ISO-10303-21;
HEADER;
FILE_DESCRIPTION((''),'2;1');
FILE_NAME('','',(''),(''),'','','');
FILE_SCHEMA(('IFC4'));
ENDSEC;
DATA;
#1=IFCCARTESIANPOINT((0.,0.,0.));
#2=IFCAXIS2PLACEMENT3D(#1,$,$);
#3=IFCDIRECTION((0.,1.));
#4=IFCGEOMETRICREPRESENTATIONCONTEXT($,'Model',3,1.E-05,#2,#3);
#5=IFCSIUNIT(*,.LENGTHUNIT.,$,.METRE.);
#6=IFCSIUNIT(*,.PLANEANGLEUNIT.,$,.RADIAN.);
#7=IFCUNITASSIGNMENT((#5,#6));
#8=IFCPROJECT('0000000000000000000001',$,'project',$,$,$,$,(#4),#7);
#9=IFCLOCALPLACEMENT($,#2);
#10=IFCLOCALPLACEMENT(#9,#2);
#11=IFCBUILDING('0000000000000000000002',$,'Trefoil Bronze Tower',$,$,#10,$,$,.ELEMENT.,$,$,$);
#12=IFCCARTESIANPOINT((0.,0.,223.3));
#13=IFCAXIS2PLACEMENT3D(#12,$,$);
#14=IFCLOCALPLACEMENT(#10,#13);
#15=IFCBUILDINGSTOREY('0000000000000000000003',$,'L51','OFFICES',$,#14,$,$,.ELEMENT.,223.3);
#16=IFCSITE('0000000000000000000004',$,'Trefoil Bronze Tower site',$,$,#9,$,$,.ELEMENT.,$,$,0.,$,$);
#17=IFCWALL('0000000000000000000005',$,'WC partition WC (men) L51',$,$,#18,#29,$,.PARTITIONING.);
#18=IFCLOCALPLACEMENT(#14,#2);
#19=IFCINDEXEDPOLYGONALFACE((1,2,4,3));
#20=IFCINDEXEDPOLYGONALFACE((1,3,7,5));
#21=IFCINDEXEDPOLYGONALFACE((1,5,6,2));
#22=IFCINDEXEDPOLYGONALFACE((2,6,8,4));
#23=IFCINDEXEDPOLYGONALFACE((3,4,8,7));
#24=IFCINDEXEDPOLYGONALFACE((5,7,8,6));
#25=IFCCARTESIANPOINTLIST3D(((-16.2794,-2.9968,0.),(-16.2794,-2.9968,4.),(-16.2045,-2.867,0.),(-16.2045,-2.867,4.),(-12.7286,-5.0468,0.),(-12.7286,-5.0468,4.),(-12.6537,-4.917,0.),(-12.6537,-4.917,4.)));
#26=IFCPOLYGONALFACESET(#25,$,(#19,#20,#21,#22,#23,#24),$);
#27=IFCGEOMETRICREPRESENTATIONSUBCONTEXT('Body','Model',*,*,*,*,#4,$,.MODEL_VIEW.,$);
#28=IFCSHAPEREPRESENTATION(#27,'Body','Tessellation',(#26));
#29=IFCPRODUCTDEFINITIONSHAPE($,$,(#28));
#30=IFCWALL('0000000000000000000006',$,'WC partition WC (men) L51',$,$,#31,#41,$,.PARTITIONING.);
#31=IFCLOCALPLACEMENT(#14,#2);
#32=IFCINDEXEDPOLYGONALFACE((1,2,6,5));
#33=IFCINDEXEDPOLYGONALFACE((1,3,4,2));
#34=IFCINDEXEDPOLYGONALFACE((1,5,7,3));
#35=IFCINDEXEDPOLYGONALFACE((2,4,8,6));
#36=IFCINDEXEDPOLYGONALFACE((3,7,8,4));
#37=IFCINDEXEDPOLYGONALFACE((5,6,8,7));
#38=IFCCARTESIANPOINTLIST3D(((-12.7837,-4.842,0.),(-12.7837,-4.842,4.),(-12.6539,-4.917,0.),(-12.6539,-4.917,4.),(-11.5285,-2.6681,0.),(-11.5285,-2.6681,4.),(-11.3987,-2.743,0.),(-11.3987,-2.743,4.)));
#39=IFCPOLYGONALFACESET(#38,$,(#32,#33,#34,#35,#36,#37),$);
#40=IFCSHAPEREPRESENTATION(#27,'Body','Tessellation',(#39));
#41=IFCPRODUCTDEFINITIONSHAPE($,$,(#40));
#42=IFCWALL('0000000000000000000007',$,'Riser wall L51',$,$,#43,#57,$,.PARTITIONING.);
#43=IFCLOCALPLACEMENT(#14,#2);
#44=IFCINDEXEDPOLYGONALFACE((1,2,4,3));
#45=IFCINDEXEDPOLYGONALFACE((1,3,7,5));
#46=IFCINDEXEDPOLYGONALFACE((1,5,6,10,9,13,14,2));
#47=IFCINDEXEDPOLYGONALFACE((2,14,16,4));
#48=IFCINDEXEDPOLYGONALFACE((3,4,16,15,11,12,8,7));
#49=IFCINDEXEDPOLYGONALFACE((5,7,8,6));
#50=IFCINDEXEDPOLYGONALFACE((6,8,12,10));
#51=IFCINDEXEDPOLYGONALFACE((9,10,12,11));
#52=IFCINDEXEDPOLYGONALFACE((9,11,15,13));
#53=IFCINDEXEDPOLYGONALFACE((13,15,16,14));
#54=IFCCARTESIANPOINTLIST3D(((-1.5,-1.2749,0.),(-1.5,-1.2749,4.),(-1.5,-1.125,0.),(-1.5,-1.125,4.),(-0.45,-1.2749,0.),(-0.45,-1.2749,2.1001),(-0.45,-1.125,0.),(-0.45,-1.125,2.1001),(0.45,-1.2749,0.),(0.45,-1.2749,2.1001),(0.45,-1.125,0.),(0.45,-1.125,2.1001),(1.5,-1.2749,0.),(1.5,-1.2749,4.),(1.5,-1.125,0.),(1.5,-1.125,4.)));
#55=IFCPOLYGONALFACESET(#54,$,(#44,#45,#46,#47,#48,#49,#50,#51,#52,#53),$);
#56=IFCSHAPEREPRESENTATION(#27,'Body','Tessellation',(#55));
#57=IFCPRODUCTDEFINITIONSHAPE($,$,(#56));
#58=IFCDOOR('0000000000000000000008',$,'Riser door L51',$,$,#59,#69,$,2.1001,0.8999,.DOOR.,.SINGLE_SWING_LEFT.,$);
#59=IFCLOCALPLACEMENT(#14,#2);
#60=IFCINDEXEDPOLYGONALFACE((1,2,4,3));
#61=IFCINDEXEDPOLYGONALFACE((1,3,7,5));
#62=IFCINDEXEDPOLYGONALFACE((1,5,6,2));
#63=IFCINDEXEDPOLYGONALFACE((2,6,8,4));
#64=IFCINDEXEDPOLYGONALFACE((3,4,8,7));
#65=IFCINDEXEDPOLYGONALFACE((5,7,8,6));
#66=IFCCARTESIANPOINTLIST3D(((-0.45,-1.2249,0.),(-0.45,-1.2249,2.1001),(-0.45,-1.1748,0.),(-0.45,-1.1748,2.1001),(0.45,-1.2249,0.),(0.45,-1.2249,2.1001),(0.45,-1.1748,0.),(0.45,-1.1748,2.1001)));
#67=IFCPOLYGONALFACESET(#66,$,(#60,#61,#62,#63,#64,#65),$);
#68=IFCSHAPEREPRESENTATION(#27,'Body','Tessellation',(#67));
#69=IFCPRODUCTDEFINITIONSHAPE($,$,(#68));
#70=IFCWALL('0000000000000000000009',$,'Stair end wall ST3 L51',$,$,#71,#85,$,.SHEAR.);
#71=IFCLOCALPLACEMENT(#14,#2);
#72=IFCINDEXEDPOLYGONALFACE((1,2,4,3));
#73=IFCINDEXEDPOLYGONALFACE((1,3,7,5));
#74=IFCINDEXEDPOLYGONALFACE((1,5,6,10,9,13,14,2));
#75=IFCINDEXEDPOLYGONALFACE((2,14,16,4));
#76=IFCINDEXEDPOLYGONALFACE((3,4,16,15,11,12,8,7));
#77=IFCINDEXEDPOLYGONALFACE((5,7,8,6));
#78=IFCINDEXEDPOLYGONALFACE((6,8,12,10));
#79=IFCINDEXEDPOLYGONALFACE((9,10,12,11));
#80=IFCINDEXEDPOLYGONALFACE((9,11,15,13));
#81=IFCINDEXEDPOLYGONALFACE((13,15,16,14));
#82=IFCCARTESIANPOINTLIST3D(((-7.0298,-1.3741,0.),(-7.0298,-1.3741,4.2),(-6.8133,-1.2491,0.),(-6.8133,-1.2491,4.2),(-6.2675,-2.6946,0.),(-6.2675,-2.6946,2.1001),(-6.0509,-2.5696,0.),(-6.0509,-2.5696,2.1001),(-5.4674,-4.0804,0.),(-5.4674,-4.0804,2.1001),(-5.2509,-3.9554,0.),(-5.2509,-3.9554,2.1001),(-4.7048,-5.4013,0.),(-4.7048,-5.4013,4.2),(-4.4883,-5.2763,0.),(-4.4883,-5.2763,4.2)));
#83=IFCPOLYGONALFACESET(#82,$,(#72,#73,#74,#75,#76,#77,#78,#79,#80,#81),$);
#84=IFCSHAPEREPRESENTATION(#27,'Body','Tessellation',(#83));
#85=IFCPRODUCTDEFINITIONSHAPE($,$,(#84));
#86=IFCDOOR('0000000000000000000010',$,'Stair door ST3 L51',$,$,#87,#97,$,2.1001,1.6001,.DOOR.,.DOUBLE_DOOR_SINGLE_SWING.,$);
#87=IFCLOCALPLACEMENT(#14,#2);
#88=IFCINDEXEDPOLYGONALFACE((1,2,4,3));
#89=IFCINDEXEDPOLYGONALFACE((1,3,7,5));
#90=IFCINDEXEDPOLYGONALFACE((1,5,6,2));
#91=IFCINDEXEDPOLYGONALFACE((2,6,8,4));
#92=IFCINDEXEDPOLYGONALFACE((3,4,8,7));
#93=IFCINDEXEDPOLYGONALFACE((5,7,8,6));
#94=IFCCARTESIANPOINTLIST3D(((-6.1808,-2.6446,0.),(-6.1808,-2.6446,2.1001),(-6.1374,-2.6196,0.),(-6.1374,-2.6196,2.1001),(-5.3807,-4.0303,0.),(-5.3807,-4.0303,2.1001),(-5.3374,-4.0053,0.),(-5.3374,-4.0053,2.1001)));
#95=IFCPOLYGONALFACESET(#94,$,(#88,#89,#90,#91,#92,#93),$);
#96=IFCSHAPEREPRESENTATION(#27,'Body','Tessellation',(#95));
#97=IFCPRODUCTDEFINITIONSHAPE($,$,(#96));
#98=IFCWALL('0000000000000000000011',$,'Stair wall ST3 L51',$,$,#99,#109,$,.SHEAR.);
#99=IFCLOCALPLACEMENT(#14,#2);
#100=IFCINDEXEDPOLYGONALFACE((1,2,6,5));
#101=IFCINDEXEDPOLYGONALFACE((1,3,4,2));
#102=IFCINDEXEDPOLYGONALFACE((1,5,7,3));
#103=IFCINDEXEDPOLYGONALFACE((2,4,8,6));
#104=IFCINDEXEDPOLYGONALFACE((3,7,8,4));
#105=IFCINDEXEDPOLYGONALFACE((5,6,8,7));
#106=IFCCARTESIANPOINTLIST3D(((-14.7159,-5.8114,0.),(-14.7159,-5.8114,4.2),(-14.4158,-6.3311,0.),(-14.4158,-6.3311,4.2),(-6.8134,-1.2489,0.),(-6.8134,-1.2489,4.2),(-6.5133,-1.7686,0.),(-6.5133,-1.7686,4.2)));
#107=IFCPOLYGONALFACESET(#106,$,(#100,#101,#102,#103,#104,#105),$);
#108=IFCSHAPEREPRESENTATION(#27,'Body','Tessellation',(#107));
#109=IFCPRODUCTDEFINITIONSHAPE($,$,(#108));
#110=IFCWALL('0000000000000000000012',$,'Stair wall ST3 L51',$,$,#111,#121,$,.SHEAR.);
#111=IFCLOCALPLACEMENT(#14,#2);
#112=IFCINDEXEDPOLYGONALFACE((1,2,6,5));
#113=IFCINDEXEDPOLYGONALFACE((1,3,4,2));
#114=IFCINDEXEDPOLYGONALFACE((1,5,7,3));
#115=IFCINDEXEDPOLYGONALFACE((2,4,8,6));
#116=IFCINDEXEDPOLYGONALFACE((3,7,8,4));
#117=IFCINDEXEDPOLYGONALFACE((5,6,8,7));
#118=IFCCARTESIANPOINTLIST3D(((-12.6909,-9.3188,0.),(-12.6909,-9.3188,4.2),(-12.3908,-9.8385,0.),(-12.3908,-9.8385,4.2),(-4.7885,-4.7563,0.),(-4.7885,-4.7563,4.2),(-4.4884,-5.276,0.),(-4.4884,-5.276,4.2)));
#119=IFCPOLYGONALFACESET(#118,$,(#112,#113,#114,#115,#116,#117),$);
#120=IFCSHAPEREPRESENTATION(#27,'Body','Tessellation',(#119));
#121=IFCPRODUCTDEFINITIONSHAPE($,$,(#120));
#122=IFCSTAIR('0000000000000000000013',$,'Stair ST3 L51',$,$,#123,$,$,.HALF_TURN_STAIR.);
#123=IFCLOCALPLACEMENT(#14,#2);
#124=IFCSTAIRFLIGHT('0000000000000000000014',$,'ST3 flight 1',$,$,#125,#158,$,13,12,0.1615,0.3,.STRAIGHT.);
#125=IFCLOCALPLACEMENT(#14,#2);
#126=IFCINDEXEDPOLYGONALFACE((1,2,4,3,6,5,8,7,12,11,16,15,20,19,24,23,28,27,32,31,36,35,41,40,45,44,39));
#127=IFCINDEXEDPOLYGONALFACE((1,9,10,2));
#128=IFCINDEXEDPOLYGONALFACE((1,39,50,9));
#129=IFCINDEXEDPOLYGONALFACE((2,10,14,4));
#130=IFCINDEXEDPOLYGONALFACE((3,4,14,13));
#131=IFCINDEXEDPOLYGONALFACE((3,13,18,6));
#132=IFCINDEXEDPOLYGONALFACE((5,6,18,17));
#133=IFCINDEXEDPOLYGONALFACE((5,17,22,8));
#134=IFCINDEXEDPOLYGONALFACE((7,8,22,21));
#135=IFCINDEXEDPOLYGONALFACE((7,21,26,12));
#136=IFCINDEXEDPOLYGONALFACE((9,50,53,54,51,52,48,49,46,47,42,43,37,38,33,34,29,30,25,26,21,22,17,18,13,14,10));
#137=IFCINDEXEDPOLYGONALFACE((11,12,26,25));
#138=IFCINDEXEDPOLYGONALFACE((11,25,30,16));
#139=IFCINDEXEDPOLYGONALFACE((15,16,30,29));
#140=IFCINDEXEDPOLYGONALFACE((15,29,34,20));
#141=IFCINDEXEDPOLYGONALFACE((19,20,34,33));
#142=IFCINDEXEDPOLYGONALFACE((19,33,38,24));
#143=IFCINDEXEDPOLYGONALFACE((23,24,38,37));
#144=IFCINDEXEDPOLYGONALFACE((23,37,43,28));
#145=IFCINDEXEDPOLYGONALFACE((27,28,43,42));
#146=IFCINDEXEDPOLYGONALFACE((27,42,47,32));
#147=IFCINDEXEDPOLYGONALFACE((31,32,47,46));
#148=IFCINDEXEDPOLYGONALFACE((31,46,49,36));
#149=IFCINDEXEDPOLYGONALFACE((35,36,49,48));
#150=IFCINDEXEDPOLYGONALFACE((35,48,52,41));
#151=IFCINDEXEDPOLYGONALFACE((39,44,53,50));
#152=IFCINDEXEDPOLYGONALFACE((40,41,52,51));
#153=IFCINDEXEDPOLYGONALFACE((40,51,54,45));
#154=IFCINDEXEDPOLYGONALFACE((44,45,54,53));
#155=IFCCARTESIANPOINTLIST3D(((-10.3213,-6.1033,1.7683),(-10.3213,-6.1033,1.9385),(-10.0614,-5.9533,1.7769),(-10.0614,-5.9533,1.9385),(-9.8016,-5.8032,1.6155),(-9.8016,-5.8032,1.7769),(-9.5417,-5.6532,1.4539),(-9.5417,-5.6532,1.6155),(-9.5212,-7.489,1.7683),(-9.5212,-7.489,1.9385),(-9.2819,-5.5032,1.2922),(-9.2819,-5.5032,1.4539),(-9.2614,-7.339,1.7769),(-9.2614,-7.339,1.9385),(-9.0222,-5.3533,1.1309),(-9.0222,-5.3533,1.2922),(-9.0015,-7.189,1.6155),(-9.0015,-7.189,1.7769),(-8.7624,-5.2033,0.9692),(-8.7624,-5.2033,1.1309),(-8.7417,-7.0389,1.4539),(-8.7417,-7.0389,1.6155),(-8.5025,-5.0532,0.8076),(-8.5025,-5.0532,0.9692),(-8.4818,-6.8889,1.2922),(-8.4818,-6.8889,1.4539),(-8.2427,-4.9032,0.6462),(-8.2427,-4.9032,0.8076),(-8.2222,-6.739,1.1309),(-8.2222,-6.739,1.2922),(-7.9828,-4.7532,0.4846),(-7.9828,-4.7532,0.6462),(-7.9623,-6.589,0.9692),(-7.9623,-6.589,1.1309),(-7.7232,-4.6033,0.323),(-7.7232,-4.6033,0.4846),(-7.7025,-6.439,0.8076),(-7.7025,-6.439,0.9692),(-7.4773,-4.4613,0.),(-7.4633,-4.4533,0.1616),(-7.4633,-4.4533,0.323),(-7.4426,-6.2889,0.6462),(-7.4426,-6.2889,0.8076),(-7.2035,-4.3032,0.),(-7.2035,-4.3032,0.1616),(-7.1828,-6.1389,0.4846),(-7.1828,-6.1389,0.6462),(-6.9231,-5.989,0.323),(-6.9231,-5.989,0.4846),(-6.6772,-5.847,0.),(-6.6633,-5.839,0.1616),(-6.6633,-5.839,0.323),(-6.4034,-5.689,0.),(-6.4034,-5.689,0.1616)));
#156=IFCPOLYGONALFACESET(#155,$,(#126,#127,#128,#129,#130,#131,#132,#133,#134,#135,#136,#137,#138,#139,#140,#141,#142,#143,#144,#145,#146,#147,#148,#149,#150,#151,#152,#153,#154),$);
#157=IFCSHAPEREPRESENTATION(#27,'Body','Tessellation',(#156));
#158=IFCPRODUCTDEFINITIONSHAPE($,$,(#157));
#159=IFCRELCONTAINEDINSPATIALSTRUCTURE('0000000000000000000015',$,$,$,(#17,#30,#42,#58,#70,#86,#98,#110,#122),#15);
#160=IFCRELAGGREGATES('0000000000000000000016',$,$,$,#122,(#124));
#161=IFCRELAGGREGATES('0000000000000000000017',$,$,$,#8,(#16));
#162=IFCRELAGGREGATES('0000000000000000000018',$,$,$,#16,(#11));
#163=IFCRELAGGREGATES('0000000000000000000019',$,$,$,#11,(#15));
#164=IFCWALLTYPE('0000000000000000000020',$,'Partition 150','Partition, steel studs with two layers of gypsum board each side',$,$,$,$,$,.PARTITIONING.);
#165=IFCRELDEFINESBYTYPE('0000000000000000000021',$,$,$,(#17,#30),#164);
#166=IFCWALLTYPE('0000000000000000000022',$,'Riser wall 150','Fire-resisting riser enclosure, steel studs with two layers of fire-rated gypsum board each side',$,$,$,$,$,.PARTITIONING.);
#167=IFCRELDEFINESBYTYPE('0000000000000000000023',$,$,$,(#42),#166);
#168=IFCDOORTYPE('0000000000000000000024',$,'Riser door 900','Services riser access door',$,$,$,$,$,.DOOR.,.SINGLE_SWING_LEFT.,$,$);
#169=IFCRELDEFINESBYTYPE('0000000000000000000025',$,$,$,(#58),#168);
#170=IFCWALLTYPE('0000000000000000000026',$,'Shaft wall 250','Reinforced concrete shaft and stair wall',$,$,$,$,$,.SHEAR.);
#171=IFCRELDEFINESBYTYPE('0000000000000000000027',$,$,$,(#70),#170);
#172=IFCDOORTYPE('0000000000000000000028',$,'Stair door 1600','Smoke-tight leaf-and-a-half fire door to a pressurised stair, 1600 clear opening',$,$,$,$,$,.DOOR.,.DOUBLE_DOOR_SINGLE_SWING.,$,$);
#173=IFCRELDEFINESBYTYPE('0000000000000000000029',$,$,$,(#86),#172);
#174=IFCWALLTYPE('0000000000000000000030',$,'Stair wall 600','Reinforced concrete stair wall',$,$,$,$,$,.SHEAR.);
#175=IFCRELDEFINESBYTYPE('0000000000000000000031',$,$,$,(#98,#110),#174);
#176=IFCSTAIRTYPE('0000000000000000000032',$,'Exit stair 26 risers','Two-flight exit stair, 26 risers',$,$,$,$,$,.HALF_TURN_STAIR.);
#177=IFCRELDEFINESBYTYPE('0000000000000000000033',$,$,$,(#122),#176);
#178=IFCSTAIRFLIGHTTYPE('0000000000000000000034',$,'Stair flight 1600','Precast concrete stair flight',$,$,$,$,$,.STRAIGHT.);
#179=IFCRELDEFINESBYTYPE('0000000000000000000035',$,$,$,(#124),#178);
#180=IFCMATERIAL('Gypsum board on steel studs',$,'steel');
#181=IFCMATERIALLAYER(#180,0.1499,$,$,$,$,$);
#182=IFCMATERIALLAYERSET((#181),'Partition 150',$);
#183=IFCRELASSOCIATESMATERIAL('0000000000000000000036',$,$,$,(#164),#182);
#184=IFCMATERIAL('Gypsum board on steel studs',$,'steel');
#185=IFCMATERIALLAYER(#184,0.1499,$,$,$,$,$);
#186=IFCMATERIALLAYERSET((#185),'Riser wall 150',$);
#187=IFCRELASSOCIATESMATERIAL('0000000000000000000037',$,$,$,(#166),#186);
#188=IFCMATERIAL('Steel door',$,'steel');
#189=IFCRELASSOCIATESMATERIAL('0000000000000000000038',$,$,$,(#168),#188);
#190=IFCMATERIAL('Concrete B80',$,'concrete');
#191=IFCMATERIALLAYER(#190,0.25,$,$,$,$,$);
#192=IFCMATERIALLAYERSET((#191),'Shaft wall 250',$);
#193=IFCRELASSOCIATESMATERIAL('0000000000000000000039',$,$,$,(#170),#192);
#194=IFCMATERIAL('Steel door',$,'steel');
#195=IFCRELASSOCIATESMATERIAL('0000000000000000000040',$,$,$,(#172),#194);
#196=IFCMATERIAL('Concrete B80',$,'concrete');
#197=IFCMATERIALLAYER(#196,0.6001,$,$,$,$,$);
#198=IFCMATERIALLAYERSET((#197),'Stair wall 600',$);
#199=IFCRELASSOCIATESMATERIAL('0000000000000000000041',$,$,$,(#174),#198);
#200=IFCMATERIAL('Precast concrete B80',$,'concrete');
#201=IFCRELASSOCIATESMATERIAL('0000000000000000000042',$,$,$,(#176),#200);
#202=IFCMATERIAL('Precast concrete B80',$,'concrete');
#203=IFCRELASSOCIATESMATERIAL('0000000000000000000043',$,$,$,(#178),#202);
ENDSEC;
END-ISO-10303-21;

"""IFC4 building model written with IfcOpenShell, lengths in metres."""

from ifc_helpers import new_model, si_unit, direction, frame, frame_2d, origin, place, context, subcontext, project, spatial, polyline, rectangle, outline, extrude, material, layer, layer_set, type_object, element, fill, aggregate, save


model = new_model("IFC4")

# Units and contexts
model_context = context("Model", 3, precision=1e-05, world=origin(), true_north=direction((0.0, 1.0)))
body_context = subcontext(model_context, "Body", "Model", "MODEL_VIEW")
ifc_project = project(units=[si_unit("LENGTHUNIT", "METRE"), si_unit("PLANEANGLEUNIT", "RADIAN")], contexts=[model_context])

# Site, building, storey
site_placement = place(None, origin())
site = spatial("IfcSite", under=ifc_project, at=site_placement, Name="Trefoil Bronze Tower site", CompositionType="ELEMENT", RefElevation=0.0)
building_placement = place(site_placement, origin())
building = spatial("IfcBuilding", under=site, at=building_placement, Name="Trefoil Bronze Tower", CompositionType="ELEMENT")
storey_placement = place(building_placement, frame((0.0, 0.0, 223.3)))
storey = spatial("IfcBuildingStorey", under=building, at=storey_placement, Name="L51", Description="OFFICES", CompositionType="ELEMENT", Elevation=223.3)

# Shared definitions
ifc_material_1 = material(Name="Gypsum board on steel studs", Category="steel")
ifc_layer_1 = layer(ifc_material_1, 0.1499)
ifc_layer_set_1 = layer_set([ifc_layer_1], Name="Partition 150")
wall_type_1 = type_object("IfcWallType", Name="Partition 150", Description="Partition, steel studs with two layers of gypsum board each side", PredefinedType="PARTITIONING", material=ifc_layer_set_1)

# Walls
wall_1_placement = place(storey_placement, frame((-12.6912, -4.9819, 0.0), z_axis=(0.0, 0.0, 1.0), x_axis=(-0.866025, 0.500001, 0.0)))
element("IfcWall", 1, at=wall_1_placement, inside=storey, type_object=wall_type_1, Name="WC partition WC (men) L51", PredefinedType="PARTITIONING", context=body_context, shape_type="SweptSolid", body=[
    extrude(rectangle(XDim=4.1001, YDim=0.1499, at=frame_2d((2.05, 0.0))), origin(), (0.0, 0.0, 1.0), 4.0),
])
wall_2_placement = place(storey_placement, frame((-11.4636, -2.7056, 0.0), z_axis=(0.0, 0.0, 1.0), x_axis=(-0.50002, -0.866014, 0.0)))
element("IfcWall", 2, at=wall_2_placement, inside=storey, type_object=wall_type_1, Name="WC partition WC (men) L51", PredefinedType="PARTITIONING", context=body_context, shape_type="SweptSolid", body=[
    extrude(rectangle(XDim=2.5103, YDim=0.1499, at=frame_2d((1.2551, 0.0))), origin(), (0.0, 0.0, 1.0), 4.0),
])

# Walls, openings, doors
ifc_material_2 = material(Name="Gypsum board on steel studs", Category="steel")
ifc_layer_2 = layer(ifc_material_2, 0.1499)
ifc_layer_set_2 = layer_set([ifc_layer_2], Name="Riser wall 150")
wall_type_2 = type_object("IfcWallType", Name="Riser wall 150", Description="Fire-resisting riser enclosure, steel studs with two layers of fire-rated gypsum board each side", PredefinedType="PARTITIONING", material=ifc_layer_set_2)
wall_3_placement = place(storey_placement, frame((-1.5, -1.2, 0.0), z_axis=(0.0, 0.0, 1.0), x_axis=(1.0, 0.0, 0.0)))
wall_3 = element("IfcWall", 3, at=wall_3_placement, inside=storey, type_object=wall_type_2, Name="Riser wall L51", PredefinedType="PARTITIONING", context=body_context, shape_type="SweptSolid", body=[
    extrude(rectangle(XDim=3.0, YDim=0.1499, at=frame_2d((1.5, 0.0))), origin(), (0.0, 0.0, 1.0), 4.0),
])
opening_1_placement = place(wall_3_placement, frame((1.05, 0.0, 0.0)))
opening_1 = element("IfcOpeningElement", 4, at=opening_1_placement, cuts=wall_3, PredefinedType="OPENING", context=body_context, shape_type="SweptSolid", body=[
    extrude(rectangle(XDim=0.8999, YDim=2.1001, at=frame_2d((0.45, 1.05))), frame((0.0, 0.085, 0.0), z_axis=(0.0, -1.0, 0.0), x_axis=(1.0, 0.0, 0.0)), (0.0, 0.0, 1.0), 0.1699),
])
ifc_material_3 = material(Name="Steel door", Category="steel")
door_type_1 = type_object("IfcDoorType", Name="Riser door 900", Description="Services riser access door", OperationType="SINGLE_SWING_LEFT", PredefinedType="DOOR", material=ifc_material_3)
door_1_placement = place(opening_1_placement, frame((0.8999, 0.0, 0.0), z_axis=(0.0, 0.0, 1.0), x_axis=(-1.0, 0.0, 0.0)))
door_1 = element("IfcDoor", 5, at=door_1_placement, inside=storey, type_object=door_type_1, Name="Riser door L51", OperationType="SINGLE_SWING_LEFT", OverallHeight=2.1001, OverallWidth=0.8999, PredefinedType="DOOR", context=body_context, shape_type="SweptSolid", body=[
    extrude(rectangle(XDim=0.8999, YDim=2.1001, at=frame_2d((0.45, 1.05))), frame((0.0, 0.0249, 0.0), z_axis=(0.0, -1.0, 0.0), x_axis=(1.0, 0.0, 0.0)), (0.0, 0.0, 1.0), 0.05),
])
fill(opening_1, door_1)
ifc_material_4 = material(Name="Concrete B80", Category="concrete")
ifc_layer_3 = layer(ifc_material_4, 0.25)
ifc_layer_set_3 = layer_set([ifc_layer_3], Name="Shaft wall 250")
wall_type_3 = type_object("IfcWallType", Name="Shaft wall 250", Description="Reinforced concrete shaft and stair wall", PredefinedType="SHEAR", material=ifc_layer_set_3)
wall_4_placement = place(storey_placement, frame((-6.9216, -1.3115, 0.0), z_axis=(0.0, 0.0, 1.0), x_axis=(0.499985, -0.866034, 0.0)))
wall_4 = element("IfcWall", 6, at=wall_4_placement, inside=storey, type_object=wall_type_3, Name="Stair end wall ST3 L51", PredefinedType="SHEAR", context=body_context, shape_type="SweptSolid", body=[
    extrude(rectangle(XDim=4.6501, YDim=0.25, at=frame_2d((2.3252, 0.0))), origin(), (0.0, 0.0, 1.0), 4.2),
])
opening_2_placement = place(wall_4_placement, frame((1.5249, 0.0, 0.0)))
opening_2 = element("IfcOpeningElement", 7, at=opening_2_placement, cuts=wall_4, PredefinedType="OPENING", context=body_context, shape_type="SweptSolid", body=[
    extrude(rectangle(XDim=1.6001, YDim=2.1001, at=frame_2d((0.8, 1.05))), frame((0.0, 0.135, 0.0), z_axis=(0.0, -1.0, 0.0), x_axis=(1.0, 0.0, 0.0)), (0.0, 0.0, 1.0), 0.27),
])
ifc_material_5 = material(Name="Steel door", Category="steel")
door_type_2 = type_object("IfcDoorType", Name="Stair door 1600", Description="Smoke-tight leaf-and-a-half fire door to a pressurised stair, 1600 clear opening", OperationType="DOUBLE_DOOR_SINGLE_SWING", PredefinedType="DOOR", material=ifc_material_5)
door_2_placement = place(opening_2_placement, frame((1.6001, 0.0, 0.0), z_axis=(0.0, 0.0, 1.0), x_axis=(-1.0, 0.0, 0.0)))
door_2 = element("IfcDoor", 8, at=door_2_placement, inside=storey, type_object=door_type_2, Name="Stair door ST3 L51", OperationType="DOUBLE_DOOR_SINGLE_SWING", OverallHeight=2.1001, OverallWidth=1.6001, PredefinedType="DOOR", context=body_context, shape_type="SweptSolid", body=[
    extrude(rectangle(XDim=1.6001, YDim=2.1001, at=frame_2d((0.8, 1.05))), frame((0.0, 0.0249, 0.0), z_axis=(0.0, -1.0, 0.0), x_axis=(1.0, 0.0, 0.0)), (0.0, 0.0, 1.0), 0.05),
])
fill(opening_2, door_2)

# Walls
ifc_material_6 = material(Name="Concrete B80", Category="concrete")
ifc_layer_4 = layer(ifc_material_6, 0.6001)
ifc_layer_set_4 = layer_set([ifc_layer_4], Name="Stair wall 600")
wall_type_4 = type_object("IfcWallType", Name="Stair wall 600", Description="Reinforced concrete stair wall", PredefinedType="SHEAR", material=ifc_layer_set_4)
for number, where, z_axis, x_axis, name in (
    (9, (-6.6633, -1.5088, 0.0), (0.0, 0.0, 1.0), (-0.866028, -0.499995, 0.0), "Stair wall ST3 L51"),
    (10, (-4.6384, -5.0161, 0.0), (0.0, 0.0, 1.0), (-0.866022, -0.500007, 0.0), "Stair wall ST3 L51"),
):
    element("IfcWall", number, at=place(storey_placement, frame(where, z_axis=z_axis, x_axis=x_axis)), inside=storey, type_object=wall_type_4, Name=name, PredefinedType="SHEAR", context=body_context, shape_type="SweptSolid", body=[
        extrude(rectangle(XDim=9.125, YDim=0.6001, at=frame_2d((4.5625, 0.0))), origin(), (0.0, 0.0, 1.0), 4.2),
    ])

# Stair, stair flight
ifc_material_7 = material(Name="Precast concrete B80", Category="concrete")
stair_type = type_object("IfcStairType", Name="Exit stair 26 risers", Description="Two-flight exit stair, 26 risers", PredefinedType="HALF_TURN_STAIR", material=ifc_material_7)
stair_placement = place(storey_placement, origin())
stair = element("IfcStair", 11, at=stair_placement, inside=storey, type_object=stair_type, Name="Stair ST3 L51", PredefinedType="HALF_TURN_STAIR")
ifc_material_8 = material(Name="Precast concrete B80", Category="concrete")
stair_flight_type = type_object("IfcStairFlightType", Name="Stair flight 1600", Description="Precast concrete stair flight", PredefinedType="STRAIGHT", material=ifc_material_8)
stair_flight_1_placement = place(storey_placement, frame((-6.8035, -4.9961, 0.0), z_axis=(0.0, 0.0, 1.0), x_axis=(-0.866025, -0.5, 0.0)))
stair_flight_1 = element("IfcStairFlight", 12, at=stair_flight_1_placement, type_object=stair_flight_type, Name="ST3 flight 1", NumberOfRisers=13, NumberOfTreads=12, PredefinedType="STRAIGHT", RiserHeight=0.1615, TreadLength=0.3, context=body_context, shape_type="SweptSolid", body=[
    extrude(outline(polyline([(0.0, 0.0), (0.0, 0.1616), (0.3, 0.1616), (0.3, 0.323), (0.6001, 0.323), (0.6001, 0.4846), (0.8999, 0.4846), (0.8999, 0.6462), (1.2, 0.6462), (1.2, 0.8076), (1.5, 0.8076), (1.5, 0.9692), (1.8, 0.9692), (1.8, 1.1309), (2.1001, 1.1309), (2.1001, 1.2922), (2.3999, 1.2922), (2.3999, 1.4539), (2.7, 1.4539), (2.7, 1.6155), (3.0, 1.6155), (3.0, 1.7769), (3.3, 1.7769), (3.3, 1.9385), (3.6001, 1.9385), (3.6001, 2.1001), (3.6001, 1.7683), (0.3162, 0.0), (0.0, 0.0)])), frame((0.0, 0.8, 0.0), z_axis=(0.0, -1.0, 0.0), x_axis=(1.0, 0.0, 0.0)), (0.0, 0.0, 1.0), 1.6001),
])
aggregate(stair, [stair_flight_1])

save(model, "model.ifc")
